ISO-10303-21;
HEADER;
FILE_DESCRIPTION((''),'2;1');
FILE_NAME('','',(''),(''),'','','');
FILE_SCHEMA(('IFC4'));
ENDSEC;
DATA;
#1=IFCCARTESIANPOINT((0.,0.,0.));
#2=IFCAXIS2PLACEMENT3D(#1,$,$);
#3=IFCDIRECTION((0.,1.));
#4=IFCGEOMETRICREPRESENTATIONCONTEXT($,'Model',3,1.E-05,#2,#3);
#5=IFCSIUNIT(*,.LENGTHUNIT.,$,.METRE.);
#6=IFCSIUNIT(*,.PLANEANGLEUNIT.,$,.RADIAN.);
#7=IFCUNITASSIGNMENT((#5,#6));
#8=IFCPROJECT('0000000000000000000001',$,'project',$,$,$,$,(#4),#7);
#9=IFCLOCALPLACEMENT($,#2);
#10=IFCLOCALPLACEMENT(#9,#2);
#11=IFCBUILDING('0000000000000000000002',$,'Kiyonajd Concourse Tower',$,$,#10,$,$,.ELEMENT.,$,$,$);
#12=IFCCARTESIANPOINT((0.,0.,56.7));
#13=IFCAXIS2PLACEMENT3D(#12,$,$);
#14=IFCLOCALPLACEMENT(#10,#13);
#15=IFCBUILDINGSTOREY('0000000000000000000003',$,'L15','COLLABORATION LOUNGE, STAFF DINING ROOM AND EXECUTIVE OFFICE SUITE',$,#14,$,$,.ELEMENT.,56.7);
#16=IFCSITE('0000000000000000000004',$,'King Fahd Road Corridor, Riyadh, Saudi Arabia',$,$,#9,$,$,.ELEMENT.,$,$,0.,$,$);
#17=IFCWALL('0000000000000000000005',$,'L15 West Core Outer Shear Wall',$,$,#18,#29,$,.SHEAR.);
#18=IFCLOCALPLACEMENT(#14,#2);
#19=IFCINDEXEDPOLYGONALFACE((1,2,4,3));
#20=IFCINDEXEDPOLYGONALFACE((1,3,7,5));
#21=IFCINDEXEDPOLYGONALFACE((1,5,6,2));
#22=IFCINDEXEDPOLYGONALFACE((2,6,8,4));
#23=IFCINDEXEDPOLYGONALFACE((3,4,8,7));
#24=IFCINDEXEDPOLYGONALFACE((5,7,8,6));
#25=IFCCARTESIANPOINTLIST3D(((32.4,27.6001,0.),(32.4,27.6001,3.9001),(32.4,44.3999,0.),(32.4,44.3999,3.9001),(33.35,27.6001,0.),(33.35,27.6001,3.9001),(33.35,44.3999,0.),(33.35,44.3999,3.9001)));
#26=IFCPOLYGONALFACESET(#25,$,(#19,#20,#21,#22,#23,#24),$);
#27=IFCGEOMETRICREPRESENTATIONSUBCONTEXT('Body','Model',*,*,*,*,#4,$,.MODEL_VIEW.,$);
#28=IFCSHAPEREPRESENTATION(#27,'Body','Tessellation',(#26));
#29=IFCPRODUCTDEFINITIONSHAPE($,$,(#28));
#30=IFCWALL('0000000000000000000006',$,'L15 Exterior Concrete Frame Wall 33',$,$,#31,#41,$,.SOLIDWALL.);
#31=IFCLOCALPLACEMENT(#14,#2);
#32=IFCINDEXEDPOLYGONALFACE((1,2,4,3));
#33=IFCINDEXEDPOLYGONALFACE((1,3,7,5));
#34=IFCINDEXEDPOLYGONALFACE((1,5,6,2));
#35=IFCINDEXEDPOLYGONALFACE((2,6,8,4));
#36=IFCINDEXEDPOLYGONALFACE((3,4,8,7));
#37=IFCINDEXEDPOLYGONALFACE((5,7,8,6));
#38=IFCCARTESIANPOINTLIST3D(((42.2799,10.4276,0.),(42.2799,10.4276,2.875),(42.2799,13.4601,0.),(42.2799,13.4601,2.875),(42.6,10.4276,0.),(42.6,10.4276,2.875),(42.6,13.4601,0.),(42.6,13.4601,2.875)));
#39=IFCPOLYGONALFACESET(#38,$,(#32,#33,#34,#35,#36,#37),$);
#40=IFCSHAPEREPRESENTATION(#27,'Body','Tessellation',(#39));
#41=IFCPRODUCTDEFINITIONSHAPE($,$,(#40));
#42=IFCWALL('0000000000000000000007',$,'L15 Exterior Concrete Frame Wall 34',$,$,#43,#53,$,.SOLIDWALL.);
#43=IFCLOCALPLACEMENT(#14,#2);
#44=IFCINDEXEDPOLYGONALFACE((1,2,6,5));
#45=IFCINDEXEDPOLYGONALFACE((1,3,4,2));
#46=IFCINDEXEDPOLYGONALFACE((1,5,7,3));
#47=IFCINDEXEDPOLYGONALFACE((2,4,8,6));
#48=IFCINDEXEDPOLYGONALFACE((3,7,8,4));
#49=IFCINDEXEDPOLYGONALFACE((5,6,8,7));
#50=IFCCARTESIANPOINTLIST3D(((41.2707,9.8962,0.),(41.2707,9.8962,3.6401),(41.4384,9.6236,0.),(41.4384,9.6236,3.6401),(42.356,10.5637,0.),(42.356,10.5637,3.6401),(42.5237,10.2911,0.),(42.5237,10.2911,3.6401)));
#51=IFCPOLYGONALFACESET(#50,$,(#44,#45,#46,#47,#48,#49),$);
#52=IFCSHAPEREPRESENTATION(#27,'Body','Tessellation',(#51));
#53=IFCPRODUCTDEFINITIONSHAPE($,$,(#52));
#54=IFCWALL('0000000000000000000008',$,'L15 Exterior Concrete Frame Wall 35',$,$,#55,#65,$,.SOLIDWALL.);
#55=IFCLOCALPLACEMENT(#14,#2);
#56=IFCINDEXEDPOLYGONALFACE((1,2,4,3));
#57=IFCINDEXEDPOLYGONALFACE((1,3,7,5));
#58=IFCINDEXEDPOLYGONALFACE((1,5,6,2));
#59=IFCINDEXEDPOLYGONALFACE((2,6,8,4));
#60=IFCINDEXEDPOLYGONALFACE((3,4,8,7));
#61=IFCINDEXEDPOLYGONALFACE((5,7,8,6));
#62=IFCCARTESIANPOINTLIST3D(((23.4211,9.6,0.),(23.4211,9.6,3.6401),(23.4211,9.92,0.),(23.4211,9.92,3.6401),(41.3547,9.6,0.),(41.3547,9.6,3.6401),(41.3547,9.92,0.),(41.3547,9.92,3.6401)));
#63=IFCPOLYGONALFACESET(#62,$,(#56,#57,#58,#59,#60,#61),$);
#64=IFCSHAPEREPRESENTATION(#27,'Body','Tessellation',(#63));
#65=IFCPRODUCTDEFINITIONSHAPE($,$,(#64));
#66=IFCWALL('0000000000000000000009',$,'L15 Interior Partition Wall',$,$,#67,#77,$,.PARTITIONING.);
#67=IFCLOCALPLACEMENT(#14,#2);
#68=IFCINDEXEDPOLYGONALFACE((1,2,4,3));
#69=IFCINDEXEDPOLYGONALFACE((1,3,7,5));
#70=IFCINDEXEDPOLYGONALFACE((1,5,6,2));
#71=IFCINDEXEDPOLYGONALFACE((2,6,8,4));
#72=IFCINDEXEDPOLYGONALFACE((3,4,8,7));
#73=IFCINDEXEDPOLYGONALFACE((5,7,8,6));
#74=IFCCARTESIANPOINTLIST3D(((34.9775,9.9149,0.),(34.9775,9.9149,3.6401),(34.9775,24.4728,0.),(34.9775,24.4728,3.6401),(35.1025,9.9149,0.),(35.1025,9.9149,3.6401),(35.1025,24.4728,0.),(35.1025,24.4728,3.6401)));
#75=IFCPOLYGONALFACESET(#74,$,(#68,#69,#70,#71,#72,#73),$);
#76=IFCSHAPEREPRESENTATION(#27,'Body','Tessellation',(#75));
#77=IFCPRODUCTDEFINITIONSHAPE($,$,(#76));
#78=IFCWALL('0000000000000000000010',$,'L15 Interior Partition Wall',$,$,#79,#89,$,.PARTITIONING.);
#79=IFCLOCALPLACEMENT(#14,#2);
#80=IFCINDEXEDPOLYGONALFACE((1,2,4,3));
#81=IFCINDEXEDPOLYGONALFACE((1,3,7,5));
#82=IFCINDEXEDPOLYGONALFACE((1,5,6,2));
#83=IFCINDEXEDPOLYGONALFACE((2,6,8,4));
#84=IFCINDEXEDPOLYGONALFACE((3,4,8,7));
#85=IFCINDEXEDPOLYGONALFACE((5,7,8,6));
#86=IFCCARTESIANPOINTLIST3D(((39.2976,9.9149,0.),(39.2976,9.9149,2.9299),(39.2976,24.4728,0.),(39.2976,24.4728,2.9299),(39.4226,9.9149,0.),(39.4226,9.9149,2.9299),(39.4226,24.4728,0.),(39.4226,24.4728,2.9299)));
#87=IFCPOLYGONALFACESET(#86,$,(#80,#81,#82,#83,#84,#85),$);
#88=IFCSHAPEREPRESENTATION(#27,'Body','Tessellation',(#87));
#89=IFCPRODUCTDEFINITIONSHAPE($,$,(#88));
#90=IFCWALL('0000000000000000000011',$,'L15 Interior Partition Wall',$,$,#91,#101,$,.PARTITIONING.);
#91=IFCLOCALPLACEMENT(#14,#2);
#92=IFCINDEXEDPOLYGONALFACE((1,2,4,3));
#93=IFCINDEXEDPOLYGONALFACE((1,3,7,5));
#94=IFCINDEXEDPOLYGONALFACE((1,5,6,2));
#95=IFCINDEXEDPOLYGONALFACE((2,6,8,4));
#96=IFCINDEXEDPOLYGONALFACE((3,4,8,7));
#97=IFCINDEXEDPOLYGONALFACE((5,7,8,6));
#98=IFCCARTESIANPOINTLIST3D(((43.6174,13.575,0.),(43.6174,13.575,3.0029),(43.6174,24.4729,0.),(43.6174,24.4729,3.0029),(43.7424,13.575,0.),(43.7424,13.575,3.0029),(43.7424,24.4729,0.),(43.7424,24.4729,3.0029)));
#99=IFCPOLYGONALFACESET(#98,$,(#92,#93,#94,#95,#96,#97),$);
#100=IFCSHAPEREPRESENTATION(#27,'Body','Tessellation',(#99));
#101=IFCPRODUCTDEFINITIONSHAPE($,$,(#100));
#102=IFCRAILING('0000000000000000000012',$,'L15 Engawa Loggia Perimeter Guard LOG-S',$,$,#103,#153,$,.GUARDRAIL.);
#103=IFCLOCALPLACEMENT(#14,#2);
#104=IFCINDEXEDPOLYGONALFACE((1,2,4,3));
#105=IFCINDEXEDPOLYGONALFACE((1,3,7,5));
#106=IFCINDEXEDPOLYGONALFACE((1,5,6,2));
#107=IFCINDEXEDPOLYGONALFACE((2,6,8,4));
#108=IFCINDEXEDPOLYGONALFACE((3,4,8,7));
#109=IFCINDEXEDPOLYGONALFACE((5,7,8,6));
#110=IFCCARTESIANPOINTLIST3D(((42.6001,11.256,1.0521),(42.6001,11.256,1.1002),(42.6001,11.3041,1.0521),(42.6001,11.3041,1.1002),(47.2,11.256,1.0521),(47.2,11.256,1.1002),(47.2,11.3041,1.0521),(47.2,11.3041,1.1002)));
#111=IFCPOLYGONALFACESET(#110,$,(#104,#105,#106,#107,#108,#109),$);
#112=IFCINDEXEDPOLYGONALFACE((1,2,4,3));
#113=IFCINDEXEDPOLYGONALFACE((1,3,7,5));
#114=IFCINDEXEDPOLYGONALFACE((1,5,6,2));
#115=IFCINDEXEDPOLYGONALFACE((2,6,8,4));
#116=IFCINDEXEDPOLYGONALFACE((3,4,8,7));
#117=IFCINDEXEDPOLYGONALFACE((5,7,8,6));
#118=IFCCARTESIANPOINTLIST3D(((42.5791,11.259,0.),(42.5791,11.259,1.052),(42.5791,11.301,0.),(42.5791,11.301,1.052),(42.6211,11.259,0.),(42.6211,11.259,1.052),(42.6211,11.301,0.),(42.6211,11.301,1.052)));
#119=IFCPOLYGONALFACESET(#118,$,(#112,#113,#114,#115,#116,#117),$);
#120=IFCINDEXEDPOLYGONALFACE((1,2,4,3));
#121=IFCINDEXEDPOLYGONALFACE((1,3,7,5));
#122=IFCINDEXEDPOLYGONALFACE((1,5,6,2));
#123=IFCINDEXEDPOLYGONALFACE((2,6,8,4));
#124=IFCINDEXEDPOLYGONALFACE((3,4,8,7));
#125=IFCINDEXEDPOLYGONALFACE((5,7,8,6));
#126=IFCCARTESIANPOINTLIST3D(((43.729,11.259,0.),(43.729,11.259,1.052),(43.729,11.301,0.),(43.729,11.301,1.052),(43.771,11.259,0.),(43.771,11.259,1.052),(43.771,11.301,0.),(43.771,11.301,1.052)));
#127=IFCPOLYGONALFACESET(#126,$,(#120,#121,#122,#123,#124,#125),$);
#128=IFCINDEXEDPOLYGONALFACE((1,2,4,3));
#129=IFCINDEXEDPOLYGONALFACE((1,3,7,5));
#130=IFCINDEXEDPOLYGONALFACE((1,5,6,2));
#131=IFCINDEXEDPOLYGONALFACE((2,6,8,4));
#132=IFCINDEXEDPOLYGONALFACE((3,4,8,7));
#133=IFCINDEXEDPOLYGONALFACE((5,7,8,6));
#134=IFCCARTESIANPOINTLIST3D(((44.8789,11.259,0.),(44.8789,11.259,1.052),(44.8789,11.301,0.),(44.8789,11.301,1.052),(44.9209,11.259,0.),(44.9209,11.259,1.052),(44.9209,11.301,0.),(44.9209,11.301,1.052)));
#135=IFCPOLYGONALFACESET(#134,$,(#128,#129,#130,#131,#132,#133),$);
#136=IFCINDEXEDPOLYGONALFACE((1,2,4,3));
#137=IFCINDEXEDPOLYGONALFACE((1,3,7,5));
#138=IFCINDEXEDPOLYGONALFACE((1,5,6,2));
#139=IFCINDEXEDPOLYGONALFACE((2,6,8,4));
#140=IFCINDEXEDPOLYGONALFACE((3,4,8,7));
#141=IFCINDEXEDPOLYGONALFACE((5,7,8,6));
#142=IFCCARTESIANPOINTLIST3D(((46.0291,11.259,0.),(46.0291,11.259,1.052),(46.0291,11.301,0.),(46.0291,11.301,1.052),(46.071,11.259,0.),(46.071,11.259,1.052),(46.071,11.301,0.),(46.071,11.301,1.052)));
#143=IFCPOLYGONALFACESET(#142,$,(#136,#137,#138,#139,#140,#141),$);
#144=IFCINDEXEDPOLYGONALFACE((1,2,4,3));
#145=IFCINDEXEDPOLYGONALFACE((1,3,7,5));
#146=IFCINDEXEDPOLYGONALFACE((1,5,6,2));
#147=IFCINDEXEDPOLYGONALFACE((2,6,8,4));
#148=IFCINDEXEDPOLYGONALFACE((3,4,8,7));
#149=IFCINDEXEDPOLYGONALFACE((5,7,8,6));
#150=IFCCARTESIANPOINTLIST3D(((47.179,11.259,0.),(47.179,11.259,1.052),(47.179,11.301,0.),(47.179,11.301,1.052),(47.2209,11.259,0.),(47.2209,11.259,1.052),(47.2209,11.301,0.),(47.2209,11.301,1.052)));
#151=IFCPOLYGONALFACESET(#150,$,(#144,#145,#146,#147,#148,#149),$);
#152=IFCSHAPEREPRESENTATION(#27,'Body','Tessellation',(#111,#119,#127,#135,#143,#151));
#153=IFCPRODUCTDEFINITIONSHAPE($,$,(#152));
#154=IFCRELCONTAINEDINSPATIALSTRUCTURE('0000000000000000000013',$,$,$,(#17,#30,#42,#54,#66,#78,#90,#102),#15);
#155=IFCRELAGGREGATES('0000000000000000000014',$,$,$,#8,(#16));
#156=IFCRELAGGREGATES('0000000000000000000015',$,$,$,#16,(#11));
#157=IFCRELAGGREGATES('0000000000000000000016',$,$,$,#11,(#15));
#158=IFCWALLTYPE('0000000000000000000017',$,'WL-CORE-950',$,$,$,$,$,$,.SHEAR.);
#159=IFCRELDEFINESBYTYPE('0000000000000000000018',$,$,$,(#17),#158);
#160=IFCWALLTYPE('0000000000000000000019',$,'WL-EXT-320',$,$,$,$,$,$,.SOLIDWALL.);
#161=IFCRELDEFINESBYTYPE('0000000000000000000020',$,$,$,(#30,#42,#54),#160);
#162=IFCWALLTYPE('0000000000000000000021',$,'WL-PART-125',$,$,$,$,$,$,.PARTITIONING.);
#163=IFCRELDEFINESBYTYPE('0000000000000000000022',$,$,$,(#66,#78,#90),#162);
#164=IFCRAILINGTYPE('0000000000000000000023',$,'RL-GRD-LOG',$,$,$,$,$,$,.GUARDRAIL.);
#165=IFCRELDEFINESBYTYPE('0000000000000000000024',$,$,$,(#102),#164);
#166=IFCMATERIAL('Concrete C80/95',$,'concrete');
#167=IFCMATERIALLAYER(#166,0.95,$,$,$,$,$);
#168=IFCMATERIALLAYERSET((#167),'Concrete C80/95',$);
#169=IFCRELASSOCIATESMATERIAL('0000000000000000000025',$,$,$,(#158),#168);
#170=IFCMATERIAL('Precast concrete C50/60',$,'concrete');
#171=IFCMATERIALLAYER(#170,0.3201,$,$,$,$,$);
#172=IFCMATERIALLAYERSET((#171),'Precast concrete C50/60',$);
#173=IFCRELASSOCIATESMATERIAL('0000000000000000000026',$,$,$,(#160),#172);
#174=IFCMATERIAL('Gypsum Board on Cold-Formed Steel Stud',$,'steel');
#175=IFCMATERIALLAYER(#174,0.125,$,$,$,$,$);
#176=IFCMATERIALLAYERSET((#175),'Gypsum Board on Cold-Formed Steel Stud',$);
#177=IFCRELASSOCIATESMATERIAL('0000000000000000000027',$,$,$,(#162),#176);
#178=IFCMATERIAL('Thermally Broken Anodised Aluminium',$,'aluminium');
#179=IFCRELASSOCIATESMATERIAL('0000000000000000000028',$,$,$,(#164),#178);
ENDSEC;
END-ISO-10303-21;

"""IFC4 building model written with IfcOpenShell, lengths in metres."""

from ifc_helpers import new_model, si_unit, direction, frame, frame_2d, origin, origin_2d, place, context, subcontext, project, spatial, rectangle, extrude, material, layer, layer_set, type_object, element, save


model = new_model("IFC4")

# Units and contexts
model_context = context("Model", 3, precision=1e-05, world=origin(), true_north=direction((0.0, 1.0)))
body_context = subcontext(model_context, "Body", "Model", "MODEL_VIEW")
ifc_project = project(units=[si_unit("LENGTHUNIT", "METRE"), si_unit("PLANEANGLEUNIT", "RADIAN")], contexts=[model_context])

# Site, building, storey
site_placement = place(None, origin())
site = spatial("IfcSite", under=ifc_project, at=site_placement, Name="King Fahd Road Corridor, Riyadh, Saudi Arabia", CompositionType="ELEMENT", RefElevation=0.0)
building_placement = place(site_placement, origin())
building = spatial("IfcBuilding", under=site, at=building_placement, Name="Kiyonajd Concourse Tower", CompositionType="ELEMENT")
storey_placement = place(building_placement, frame((0.0, 0.0, 56.7)))
storey = spatial("IfcBuildingStorey", under=building, at=storey_placement, Name="L15", Description="COLLABORATION LOUNGE, STAFF DINING ROOM AND EXECUTIVE OFFICE SUITE", CompositionType="ELEMENT", Elevation=56.7)

# Shared definitions
ifc_material_1 = material(Name="Concrete C80/95", Category="concrete")

# Shared definitions
ifc_material_2 = material(Name="Precast concrete C50/60", Category="concrete")

# Shared definitions
ifc_material_3 = material(Name="Thermally Broken Anodised Aluminium", Category="aluminium")

# Walls
ifc_layer_1 = layer(ifc_material_1, 0.95)
ifc_layer_set_1 = layer_set([ifc_layer_1], Name="Concrete C80/95")
wall_type_1 = type_object("IfcWallType", Name="WL-CORE-950", PredefinedType="SHEAR", material=ifc_layer_set_1)
wall_1_placement = place(storey_placement, frame((32.875, 27.6001, 0.0), z_axis=(0.0, 0.0, 1.0), x_axis=(0.0, 1.0, 0.0)))
element("IfcWall", 1, at=wall_1_placement, inside=storey, type_object=wall_type_1, Name="L15 West Core Outer Shear Wall", PredefinedType="SHEAR", context=body_context, shape_type="SweptSolid", body=[
    extrude(rectangle(XDim=16.7998, YDim=0.95, at=frame_2d((8.3999, 0.0))), origin(), (0.0, 0.0, 1.0), 3.9001),
])
ifc_layer_2 = layer(ifc_material_2, 0.3201)
ifc_layer_set_2 = layer_set([ifc_layer_2], Name="Precast concrete C50/60")
wall_type_2 = type_object("IfcWallType", Name="WL-EXT-320", PredefinedType="SOLIDWALL", material=ifc_layer_set_2)
wall_2_placement = place(storey_placement, frame((42.4399, 13.46, 0.0), z_axis=(0.0, 0.0, 1.0), x_axis=(0.0, -1.0, 0.0)))
element("IfcWall", 2, at=wall_2_placement, inside=storey, type_object=wall_type_2, Name="L15 Exterior Concrete Frame Wall 33", PredefinedType="SOLIDWALL", context=body_context, shape_type="SweptSolid", body=[
    extrude(rectangle(XDim=3.0325, YDim=0.3201, at=frame_2d((1.5161, 0.0))), origin(), (0.0, 0.0, 1.0), 2.875),
])
wall_3_placement = place(storey_placement, frame((42.4399, 10.4275, 0.0), z_axis=(0.0, 0.0, 1.0), x_axis=(-0.851777, -0.523905, 0.0)))
element("IfcWall", 3, at=wall_3_placement, inside=storey, type_object=wall_type_2, Name="L15 Exterior Concrete Frame Wall 34", PredefinedType="SOLIDWALL", context=body_context, shape_type="SweptSolid", body=[
    extrude(rectangle(XDim=1.2742, YDim=0.3201, at=frame_2d((0.6372, 0.0))), origin(), (0.0, 0.0, 1.0), 3.6401),
])
wall_4_placement = place(storey_placement, frame((41.3547, 9.76, 0.0), z_axis=(0.0, 0.0, 1.0), x_axis=(-1.0, 0.0, 0.0)))
element("IfcWall", 4, at=wall_4_placement, inside=storey, type_object=wall_type_2, Name="L15 Exterior Concrete Frame Wall 35", PredefinedType="SOLIDWALL", context=body_context, shape_type="SweptSolid", body=[
    extrude(rectangle(XDim=17.9336, YDim=0.3201, at=frame_2d((8.9668, 0.0))), origin(), (0.0, 0.0, 1.0), 3.6401),
])
ifc_material_4 = material(Name="Gypsum Board on Cold-Formed Steel Stud", Category="steel")
ifc_layer_3 = layer(ifc_material_4, 0.125)
ifc_layer_set_3 = layer_set([ifc_layer_3], Name="Gypsum Board on Cold-Formed Steel Stud")
wall_type_3 = type_object("IfcWallType", Name="WL-PART-125", PredefinedType="PARTITIONING", material=ifc_layer_set_3)
wall_5_placement = place(storey_placement, frame((35.04, 9.915, 0.0), z_axis=(0.0, 0.0, 1.0), x_axis=(0.0, 1.0, 0.0)))
element("IfcWall", 5, at=wall_5_placement, inside=storey, type_object=wall_type_3, Name="L15 Interior Partition Wall", PredefinedType="PARTITIONING", context=body_context, shape_type="SweptSolid", body=[
    extrude(rectangle(XDim=14.5579, YDim=0.125, at=frame_2d((7.2788, 0.0))), origin(), (0.0, 0.0, 1.0), 3.6401),
])
wall_6_placement = place(storey_placement, frame((39.3601, 9.915, 0.0), z_axis=(0.0, 0.0, 1.0), x_axis=(0.0, 1.0, 0.0)))
element("IfcWall", 6, at=wall_6_placement, inside=storey, type_object=wall_type_3, Name="L15 Interior Partition Wall", PredefinedType="PARTITIONING", context=body_context, shape_type="SweptSolid", body=[
    extrude(rectangle(XDim=14.5579, YDim=0.125, at=frame_2d((7.2788, 0.0))), origin(), (0.0, 0.0, 1.0), 2.9299),
])
wall_7_placement = place(storey_placement, frame((43.6799, 13.575, 0.0), z_axis=(0.0, 0.0, 1.0), x_axis=(0.0, 1.0, 0.0)))
element("IfcWall", 7, at=wall_7_placement, inside=storey, type_object=wall_type_3, Name="L15 Interior Partition Wall", PredefinedType="PARTITIONING", context=body_context, shape_type="SweptSolid", body=[
    extrude(rectangle(XDim=10.8979, YDim=0.125, at=frame_2d((5.449, 0.0))), origin(), (0.0, 0.0, 1.0), 3.0029),
])

# Railing
railing_type = type_object("IfcRailingType", Name="RL-GRD-LOG", PredefinedType="GUARDRAIL", material=ifc_material_3)
railing_placement = place(storey_placement, frame((42.6001, 11.28, 0.0)))
element("IfcRailing", 8, at=railing_placement, inside=storey, type_object=railing_type, Name="L15 Engawa Loggia Perimeter Guard LOG-S", PredefinedType="GUARDRAIL", context=body_context, shape_type="SweptSolid", body=[
    extrude(rectangle(XDim=0.0481, YDim=0.0481, at=origin_2d()), frame((0.0, 0.0, 1.0762), z_axis=(1.0, 0.0, 0.0), x_axis=(0.0, 1.0, 0.0)), (0.0, 0.0, 1.0), 4.5999),
    extrude(rectangle(XDim=0.042, YDim=0.042, at=origin_2d()), origin(), (0.0, 0.0, 1.0), 1.052),
    extrude(rectangle(XDim=0.042, YDim=0.042, at=origin_2d()), frame((1.1499, 0.0, 0.0)), (0.0, 0.0, 1.0), 1.052),
    extrude(rectangle(XDim=0.042, YDim=0.042, at=origin_2d()), frame((2.2998, 0.0, 0.0)), (0.0, 0.0, 1.0), 1.052),
    extrude(rectangle(XDim=0.042, YDim=0.042, at=origin_2d()), frame((3.45, 0.0, 0.0)), (0.0, 0.0, 1.0), 1.052),
    extrude(rectangle(XDim=0.042, YDim=0.042, at=origin_2d()), frame((4.5999, 0.0, 0.0)), (0.0, 0.0, 1.0), 1.052),
])

save(model, "model.ifc")
